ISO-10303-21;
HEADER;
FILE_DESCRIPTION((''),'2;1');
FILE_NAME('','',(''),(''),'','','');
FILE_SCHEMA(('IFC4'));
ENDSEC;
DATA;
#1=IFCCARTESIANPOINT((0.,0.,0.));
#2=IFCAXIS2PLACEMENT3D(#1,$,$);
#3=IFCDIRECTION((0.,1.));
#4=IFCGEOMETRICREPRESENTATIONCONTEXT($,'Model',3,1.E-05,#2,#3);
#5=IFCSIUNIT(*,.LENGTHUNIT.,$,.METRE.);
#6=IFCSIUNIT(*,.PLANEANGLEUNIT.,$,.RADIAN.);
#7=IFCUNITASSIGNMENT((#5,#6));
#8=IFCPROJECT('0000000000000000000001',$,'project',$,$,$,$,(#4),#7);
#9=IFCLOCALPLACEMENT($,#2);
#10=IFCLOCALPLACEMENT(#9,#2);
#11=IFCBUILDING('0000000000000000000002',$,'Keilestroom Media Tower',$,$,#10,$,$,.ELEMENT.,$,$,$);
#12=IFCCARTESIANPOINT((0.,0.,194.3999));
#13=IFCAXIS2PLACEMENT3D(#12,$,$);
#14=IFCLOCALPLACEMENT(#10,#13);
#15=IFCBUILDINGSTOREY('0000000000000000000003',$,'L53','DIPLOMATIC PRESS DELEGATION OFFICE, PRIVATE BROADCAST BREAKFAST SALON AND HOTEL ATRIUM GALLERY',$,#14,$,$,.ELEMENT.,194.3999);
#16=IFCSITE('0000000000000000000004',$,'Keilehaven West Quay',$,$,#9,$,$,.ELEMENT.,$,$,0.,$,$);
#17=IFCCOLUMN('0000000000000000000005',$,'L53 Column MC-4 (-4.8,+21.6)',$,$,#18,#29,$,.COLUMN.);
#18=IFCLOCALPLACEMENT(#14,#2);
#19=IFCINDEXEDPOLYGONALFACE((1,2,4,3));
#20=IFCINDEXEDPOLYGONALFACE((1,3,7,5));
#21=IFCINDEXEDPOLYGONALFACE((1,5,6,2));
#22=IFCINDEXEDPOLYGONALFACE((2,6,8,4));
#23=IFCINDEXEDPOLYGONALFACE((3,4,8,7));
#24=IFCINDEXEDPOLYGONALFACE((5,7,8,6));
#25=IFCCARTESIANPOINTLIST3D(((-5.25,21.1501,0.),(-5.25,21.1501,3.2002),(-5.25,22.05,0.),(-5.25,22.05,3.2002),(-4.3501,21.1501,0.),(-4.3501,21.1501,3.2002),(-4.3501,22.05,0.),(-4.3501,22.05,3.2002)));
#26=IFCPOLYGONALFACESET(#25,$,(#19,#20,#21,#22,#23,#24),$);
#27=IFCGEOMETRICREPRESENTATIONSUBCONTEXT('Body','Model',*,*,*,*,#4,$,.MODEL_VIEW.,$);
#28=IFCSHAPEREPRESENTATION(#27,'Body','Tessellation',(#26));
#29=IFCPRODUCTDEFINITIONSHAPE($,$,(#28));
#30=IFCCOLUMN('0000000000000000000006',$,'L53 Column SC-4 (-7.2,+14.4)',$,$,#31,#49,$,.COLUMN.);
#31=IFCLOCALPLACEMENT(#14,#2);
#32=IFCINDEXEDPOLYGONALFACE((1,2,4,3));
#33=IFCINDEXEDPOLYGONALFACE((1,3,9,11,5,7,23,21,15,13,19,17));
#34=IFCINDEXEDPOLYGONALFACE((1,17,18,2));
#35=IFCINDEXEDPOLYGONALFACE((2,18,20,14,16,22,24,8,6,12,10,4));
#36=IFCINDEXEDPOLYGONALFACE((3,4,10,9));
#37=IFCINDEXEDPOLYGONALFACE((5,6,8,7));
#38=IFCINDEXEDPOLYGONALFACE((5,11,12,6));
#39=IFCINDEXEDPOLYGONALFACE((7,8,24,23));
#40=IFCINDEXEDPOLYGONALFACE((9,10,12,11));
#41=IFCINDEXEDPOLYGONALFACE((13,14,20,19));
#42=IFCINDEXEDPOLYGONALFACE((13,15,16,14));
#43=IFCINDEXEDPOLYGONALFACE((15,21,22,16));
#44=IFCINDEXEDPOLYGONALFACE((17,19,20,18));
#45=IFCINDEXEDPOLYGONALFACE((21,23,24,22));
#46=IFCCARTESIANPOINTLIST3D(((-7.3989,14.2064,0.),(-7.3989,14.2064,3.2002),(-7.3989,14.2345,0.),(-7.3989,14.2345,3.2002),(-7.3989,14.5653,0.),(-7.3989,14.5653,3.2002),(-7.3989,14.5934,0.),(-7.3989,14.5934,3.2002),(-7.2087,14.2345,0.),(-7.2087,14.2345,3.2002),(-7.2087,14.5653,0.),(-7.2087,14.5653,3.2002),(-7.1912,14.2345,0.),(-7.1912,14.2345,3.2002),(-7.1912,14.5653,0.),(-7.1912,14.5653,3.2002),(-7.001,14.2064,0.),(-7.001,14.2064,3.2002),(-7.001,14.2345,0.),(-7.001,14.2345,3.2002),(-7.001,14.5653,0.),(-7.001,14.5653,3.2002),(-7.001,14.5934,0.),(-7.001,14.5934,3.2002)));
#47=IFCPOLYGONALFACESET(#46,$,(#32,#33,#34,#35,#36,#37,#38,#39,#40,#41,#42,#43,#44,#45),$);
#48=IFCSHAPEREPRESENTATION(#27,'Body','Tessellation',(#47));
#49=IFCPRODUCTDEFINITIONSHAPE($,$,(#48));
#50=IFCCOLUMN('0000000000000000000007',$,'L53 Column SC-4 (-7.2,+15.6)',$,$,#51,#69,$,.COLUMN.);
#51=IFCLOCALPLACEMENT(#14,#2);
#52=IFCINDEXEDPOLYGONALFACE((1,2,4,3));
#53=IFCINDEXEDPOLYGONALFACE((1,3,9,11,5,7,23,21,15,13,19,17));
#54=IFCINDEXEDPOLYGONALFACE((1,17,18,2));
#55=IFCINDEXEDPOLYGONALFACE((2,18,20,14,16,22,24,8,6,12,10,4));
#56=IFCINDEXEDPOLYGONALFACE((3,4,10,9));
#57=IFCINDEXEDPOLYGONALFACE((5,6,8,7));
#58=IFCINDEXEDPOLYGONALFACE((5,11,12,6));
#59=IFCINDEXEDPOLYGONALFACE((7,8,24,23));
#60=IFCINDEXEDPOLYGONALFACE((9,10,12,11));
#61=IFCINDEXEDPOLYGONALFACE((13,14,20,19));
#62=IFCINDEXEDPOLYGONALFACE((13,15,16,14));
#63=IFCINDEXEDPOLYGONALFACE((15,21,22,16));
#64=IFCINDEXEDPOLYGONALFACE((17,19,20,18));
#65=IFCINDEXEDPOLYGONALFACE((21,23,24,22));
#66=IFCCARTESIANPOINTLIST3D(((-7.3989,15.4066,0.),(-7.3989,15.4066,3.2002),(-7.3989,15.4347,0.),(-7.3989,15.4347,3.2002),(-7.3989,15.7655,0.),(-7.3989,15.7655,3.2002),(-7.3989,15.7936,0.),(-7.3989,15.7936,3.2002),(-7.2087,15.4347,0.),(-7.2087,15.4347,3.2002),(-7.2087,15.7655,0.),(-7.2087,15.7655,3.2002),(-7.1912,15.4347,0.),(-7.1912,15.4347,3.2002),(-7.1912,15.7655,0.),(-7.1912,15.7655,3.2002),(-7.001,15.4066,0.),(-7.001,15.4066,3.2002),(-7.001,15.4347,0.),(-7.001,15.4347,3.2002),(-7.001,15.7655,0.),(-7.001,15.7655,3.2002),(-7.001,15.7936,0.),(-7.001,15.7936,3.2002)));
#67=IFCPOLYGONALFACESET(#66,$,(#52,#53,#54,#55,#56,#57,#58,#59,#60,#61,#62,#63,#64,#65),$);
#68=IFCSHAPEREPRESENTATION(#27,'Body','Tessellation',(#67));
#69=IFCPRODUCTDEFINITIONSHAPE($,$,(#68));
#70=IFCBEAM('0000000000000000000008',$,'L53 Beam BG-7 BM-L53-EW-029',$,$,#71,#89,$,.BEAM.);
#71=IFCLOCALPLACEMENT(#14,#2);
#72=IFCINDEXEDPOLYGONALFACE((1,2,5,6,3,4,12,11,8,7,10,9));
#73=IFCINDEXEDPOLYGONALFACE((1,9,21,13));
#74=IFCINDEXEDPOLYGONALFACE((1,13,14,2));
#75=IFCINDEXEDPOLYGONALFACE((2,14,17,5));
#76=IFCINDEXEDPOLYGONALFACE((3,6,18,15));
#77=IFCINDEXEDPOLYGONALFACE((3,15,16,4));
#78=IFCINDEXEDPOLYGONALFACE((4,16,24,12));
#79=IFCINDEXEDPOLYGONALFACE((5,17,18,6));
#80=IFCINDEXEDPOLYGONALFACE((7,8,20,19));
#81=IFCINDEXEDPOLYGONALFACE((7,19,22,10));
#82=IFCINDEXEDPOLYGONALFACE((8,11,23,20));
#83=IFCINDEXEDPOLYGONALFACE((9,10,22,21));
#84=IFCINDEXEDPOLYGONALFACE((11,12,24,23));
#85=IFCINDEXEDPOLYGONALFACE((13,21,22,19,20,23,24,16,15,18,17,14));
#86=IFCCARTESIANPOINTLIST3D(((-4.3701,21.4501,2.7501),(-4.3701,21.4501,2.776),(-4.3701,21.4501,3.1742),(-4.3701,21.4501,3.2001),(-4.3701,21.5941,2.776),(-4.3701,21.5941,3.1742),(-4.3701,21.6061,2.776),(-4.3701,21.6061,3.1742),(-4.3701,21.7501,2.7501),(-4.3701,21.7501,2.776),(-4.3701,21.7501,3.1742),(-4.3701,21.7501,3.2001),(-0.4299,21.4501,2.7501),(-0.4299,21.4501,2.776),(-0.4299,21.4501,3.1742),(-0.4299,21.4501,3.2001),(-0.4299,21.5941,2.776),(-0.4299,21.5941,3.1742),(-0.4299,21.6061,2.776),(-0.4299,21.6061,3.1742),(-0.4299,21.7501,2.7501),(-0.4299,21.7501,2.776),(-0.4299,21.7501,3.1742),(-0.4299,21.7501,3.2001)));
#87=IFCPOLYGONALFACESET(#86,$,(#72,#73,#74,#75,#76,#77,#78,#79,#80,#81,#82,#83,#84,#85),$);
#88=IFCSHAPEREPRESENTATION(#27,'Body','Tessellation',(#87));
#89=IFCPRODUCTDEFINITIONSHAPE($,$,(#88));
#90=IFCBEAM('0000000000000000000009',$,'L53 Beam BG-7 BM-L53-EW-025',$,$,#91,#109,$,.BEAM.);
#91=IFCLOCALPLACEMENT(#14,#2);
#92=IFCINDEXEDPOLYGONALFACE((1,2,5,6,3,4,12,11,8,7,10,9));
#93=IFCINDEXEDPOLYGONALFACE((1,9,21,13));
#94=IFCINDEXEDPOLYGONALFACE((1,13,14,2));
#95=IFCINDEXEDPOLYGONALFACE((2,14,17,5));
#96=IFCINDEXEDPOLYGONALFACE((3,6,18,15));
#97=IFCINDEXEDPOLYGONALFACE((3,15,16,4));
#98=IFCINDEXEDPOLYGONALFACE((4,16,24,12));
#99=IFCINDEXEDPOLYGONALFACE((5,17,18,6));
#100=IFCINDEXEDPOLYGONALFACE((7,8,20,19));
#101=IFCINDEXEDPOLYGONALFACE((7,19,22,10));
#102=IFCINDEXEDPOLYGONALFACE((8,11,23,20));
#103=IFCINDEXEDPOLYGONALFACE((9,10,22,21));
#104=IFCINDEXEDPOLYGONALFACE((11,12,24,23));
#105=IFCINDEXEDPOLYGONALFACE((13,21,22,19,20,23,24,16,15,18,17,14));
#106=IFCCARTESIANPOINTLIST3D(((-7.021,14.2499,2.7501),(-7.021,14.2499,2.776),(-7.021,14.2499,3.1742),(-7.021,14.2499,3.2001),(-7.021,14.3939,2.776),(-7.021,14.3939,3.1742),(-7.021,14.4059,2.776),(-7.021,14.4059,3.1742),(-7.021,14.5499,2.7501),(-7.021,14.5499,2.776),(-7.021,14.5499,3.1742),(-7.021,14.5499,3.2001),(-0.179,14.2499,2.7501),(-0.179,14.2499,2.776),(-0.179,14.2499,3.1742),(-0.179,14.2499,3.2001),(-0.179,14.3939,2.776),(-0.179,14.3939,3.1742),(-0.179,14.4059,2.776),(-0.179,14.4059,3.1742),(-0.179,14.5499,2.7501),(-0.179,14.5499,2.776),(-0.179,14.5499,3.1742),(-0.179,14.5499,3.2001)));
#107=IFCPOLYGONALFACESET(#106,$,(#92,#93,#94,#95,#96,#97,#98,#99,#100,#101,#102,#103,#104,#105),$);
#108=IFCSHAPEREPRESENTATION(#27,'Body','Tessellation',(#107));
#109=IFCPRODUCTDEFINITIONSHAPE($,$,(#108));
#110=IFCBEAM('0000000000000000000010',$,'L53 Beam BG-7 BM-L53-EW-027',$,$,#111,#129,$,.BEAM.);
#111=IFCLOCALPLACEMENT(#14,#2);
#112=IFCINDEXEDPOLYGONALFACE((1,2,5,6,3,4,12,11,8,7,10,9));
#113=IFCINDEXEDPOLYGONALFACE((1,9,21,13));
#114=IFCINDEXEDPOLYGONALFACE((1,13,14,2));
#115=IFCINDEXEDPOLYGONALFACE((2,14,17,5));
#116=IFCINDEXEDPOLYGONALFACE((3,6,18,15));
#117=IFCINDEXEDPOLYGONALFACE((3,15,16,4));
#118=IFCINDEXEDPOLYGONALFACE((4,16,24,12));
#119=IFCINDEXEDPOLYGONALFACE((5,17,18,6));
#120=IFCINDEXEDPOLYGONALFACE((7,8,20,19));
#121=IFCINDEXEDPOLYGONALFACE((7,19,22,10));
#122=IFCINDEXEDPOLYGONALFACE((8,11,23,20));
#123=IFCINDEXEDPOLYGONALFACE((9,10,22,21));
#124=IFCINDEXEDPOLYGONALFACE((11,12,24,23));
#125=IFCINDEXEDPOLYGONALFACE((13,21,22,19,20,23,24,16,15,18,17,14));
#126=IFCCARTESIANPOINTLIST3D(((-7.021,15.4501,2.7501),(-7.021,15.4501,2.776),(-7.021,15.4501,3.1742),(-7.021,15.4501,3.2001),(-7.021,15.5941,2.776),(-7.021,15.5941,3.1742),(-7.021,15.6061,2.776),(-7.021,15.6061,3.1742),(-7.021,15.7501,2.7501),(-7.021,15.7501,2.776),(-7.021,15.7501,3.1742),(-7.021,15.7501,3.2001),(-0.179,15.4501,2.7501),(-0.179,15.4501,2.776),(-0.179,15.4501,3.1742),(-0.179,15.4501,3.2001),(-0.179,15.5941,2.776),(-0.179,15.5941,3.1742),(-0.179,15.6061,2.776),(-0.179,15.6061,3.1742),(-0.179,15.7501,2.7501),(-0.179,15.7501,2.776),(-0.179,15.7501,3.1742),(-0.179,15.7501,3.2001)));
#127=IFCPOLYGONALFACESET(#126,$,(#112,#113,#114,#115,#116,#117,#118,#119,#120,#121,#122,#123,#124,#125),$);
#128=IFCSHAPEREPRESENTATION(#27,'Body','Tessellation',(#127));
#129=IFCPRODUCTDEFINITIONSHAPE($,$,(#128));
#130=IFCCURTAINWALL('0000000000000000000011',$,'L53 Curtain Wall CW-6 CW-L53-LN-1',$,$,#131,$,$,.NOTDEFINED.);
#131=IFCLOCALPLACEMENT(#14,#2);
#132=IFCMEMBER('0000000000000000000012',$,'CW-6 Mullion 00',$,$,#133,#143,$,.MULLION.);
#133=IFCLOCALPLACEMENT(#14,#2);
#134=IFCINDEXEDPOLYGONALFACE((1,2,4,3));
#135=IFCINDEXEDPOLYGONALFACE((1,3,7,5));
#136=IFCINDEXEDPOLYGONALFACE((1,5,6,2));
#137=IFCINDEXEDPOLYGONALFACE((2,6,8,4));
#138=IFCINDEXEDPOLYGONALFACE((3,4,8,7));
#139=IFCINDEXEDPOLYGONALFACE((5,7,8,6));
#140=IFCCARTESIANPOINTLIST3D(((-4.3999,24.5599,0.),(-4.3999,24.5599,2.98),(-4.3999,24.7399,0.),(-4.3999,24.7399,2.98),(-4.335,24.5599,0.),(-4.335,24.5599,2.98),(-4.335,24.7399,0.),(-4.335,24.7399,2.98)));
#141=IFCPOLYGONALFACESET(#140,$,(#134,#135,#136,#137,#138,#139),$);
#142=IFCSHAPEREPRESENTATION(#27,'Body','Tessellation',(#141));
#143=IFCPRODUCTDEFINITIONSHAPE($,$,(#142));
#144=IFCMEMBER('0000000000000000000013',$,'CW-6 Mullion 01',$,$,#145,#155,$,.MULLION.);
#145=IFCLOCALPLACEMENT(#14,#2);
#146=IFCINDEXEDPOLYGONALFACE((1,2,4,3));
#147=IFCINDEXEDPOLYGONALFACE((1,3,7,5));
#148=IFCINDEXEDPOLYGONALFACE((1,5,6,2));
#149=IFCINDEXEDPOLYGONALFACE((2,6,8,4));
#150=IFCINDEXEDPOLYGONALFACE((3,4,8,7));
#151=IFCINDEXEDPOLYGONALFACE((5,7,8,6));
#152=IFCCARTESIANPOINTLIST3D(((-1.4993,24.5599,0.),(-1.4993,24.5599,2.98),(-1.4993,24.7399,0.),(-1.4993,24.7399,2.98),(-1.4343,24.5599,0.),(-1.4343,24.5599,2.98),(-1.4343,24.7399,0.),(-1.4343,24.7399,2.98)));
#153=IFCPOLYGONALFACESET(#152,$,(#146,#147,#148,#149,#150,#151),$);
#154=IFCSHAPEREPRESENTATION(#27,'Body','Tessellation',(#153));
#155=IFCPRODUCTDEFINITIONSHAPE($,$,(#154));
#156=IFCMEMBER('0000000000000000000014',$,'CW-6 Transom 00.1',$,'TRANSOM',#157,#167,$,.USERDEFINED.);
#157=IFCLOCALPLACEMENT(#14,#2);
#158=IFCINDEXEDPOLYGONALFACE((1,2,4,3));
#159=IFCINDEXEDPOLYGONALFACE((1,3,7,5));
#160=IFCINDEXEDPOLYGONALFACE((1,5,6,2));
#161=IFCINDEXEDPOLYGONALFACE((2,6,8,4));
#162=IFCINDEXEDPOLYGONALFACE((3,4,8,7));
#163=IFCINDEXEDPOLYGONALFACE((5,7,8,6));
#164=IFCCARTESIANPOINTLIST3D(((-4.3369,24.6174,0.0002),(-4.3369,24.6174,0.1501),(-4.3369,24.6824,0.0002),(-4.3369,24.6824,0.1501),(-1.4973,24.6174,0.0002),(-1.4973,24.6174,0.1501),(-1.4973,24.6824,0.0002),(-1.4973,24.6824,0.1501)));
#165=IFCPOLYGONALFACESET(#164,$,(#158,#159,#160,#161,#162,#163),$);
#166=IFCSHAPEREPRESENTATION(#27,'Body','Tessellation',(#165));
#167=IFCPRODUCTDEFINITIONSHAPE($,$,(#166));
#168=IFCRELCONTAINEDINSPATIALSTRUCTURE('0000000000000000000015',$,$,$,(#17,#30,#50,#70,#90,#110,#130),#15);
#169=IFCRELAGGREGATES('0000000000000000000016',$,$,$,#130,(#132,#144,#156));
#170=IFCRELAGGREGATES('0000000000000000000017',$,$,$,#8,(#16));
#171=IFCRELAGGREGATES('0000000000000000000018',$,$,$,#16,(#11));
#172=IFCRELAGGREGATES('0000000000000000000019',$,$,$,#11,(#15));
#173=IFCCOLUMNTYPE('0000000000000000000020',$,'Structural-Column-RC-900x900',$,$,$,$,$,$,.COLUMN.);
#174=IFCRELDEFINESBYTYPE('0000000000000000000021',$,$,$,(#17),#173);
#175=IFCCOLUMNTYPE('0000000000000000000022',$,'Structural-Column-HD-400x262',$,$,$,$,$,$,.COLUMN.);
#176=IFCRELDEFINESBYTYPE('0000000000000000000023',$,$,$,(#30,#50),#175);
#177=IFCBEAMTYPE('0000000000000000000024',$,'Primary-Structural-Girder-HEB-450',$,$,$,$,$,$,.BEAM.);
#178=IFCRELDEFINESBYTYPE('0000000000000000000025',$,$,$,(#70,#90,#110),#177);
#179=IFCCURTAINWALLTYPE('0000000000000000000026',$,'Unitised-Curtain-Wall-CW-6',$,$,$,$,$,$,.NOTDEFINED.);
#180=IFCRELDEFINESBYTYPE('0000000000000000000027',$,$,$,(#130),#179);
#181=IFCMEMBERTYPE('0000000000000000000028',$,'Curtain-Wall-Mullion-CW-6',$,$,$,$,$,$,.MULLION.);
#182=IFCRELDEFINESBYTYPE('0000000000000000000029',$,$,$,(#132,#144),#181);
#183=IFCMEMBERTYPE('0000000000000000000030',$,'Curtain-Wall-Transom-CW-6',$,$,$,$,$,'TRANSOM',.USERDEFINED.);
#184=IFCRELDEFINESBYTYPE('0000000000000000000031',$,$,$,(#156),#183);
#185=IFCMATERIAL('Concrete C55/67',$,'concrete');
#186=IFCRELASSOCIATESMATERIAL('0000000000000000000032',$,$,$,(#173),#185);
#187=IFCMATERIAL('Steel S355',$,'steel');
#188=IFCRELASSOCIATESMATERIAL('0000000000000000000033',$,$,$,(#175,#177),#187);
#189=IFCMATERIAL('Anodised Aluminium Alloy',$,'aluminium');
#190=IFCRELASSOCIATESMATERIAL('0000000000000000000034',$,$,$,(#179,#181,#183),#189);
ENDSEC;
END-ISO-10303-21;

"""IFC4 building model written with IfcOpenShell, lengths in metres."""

from ifc_helpers import new_model, si_unit, direction, frame, origin, origin_2d, place, context, subcontext, project, spatial, rectangle, i_section, extrude, source, transform, mapped, material, material_profile, profile_set, type_object, element, aggregate, save


model = new_model("IFC4")

# Units and contexts
model_context = context("Model", 3, precision=1e-05, world=origin(), true_north=direction((0.0, 1.0)))
body_context = subcontext(model_context, "Body", "Model", "MODEL_VIEW")
ifc_project = project(units=[si_unit("LENGTHUNIT", "METRE"), si_unit("PLANEANGLEUNIT", "RADIAN")], contexts=[model_context])

# Site, building, storey
site_placement = place(None, origin())
site = spatial("IfcSite", under=ifc_project, at=site_placement, Name="Keilehaven West Quay", CompositionType="ELEMENT", RefElevation=0.0)
building_placement = place(site_placement, origin())
building = spatial("IfcBuilding", under=site, at=building_placement, Name="Keilestroom Media Tower", CompositionType="ELEMENT")
storey_placement = place(building_placement, frame((0.0, 0.0, 194.3999)))
storey = spatial("IfcBuildingStorey", under=building, at=storey_placement, Name="L53", Description="DIPLOMATIC PRESS DELEGATION OFFICE, PRIVATE BROADCAST BREAKFAST SALON AND HOTEL ATRIUM GALLERY", CompositionType="ELEMENT", Elevation=194.3999)

# Columns
ifc_material_1 = material(Name="Concrete C55/67", Category="concrete")
ifc_material_profile_1 = material_profile(ifc_material_1, rectangle(XDim=0.8999, YDim=0.8999, at=origin_2d()), Name="RC 900x900")
ifc_profile_set_1 = profile_set([ifc_material_profile_1], Name="Concrete C55/67")
column_type_1 = type_object("IfcColumnType", Name="Structural-Column-RC-900x900", PredefinedType="COLUMN", material=ifc_profile_set_1)
shared_shape_1 = source(origin(), body_context, "Body", "SweptSolid", [
    extrude(rectangle(XDim=0.8999, YDim=0.8999, at=origin_2d()), origin(), (0.0, 0.0, 1.0), 3.2002),
])
column_placement = place(storey_placement, frame((-4.8, 21.6001, 0.0), z_axis=(0.0, 0.0, 1.0), x_axis=(1.0, 0.0, 0.0)))
element("IfcColumn", 1, at=column_placement, inside=storey, type_object=column_type_1, Name="L53 Column MC-4 (-4.8,+21.6)", PredefinedType="COLUMN", context=body_context, shape_type="MappedRepresentation", body=[
    mapped(shared_shape_1, transform((0.0, 0.0, 0.0), x_axis=(1.0, 0.0, 0.0), y_axis=(0.0, 1.0, 0.0), z_axis=(0.0, 0.0, 1.0), scale=1.0)),
])
ifc_material_2 = material(Name="Steel S355", Category="steel")
ifc_material_profile_2 = material_profile(ifc_material_2, i_section(OverallWidth=0.3979, OverallDepth=0.387, WebThickness=0.0176, FlangeThickness=0.0281, at=origin_2d()), Name="HD 400x262")
ifc_profile_set_2 = profile_set([ifc_material_profile_2], Name="Steel S355")
column_type_2 = type_object("IfcColumnType", Name="Structural-Column-HD-400x262", PredefinedType="COLUMN", material=ifc_profile_set_2)
shared_shape_2 = source(origin(), body_context, "Body", "SweptSolid", [
    extrude(i_section(OverallWidth=0.3979, OverallDepth=0.387, WebThickness=0.0176, FlangeThickness=0.0281, at=origin_2d()), origin(), (0.0, 0.0, 1.0), 3.2002),
])
for number, where, z_axis, x_axis, name in (
    (2, (-7.2, 14.3999, 0.0), (0.0, 0.0, 1.0), (1.0, 0.0, 0.0), "L53 Column SC-4 (-7.2,+14.4)"),
    (3, (-7.2, 15.6001, 0.0), (0.0, 0.0, 1.0), (1.0, 0.0, 0.0), "L53 Column SC-4 (-7.2,+15.6)"),
):
    element("IfcColumn", number, at=place(storey_placement, frame(where, z_axis=z_axis, x_axis=x_axis)), inside=storey, type_object=column_type_2, Name=name, PredefinedType="COLUMN", context=body_context, shape_type="MappedRepresentation", body=[
        mapped(shared_shape_2, transform((0.0, 0.0, 0.0), x_axis=(1.0, 0.0, 0.0), y_axis=(0.0, 1.0, 0.0), z_axis=(0.0, 0.0, 1.0), scale=1.0)),
    ])

# Beams
ifc_material_profile_3 = material_profile(ifc_material_2, i_section(OverallWidth=0.3, OverallDepth=0.45, WebThickness=0.012, FlangeThickness=0.0259, at=origin_2d()), Name="HEB 450")
ifc_profile_set_3 = profile_set([ifc_material_profile_3], Name="Steel S355")
beam_type = type_object("IfcBeamType", Name="Primary-Structural-Girder-HEB-450", PredefinedType="BEAM", material=ifc_profile_set_3)
shared_shape_3 = source(origin(), body_context, "Body", "SweptSolid", [
    extrude(i_section(OverallWidth=0.3, OverallDepth=0.45, WebThickness=0.012, FlangeThickness=0.0259, at=origin_2d()), origin(), (0.0, 0.0, 1.0), 3.9402),
])
beam_placement = place(storey_placement, frame((-4.3701, 21.6001, 2.9751), z_axis=(1.0, 0.0, 0.0), x_axis=(0.0, 1.0, 0.0)))
element("IfcBeam", 4, at=beam_placement, inside=storey, type_object=beam_type, Name="L53 Beam BG-7 BM-L53-EW-029", PredefinedType="BEAM", context=body_context, shape_type="MappedRepresentation", body=[
    mapped(shared_shape_3, transform((0.0, 0.0, 0.0), x_axis=(1.0, 0.0, 0.0), y_axis=(0.0, 1.0, 0.0), z_axis=(0.0, 0.0, 1.0), scale=1.0)),
])
shared_shape_4 = source(origin(), body_context, "Body", "SweptSolid", [
    extrude(i_section(OverallWidth=0.3, OverallDepth=0.45, WebThickness=0.012, FlangeThickness=0.0259, at=origin_2d()), origin(), (0.0, 0.0, 1.0), 6.842),
])
for number, where, z_axis, x_axis, name in (
    (5, (-7.021, 14.3999, 2.9751), (1.0, 0.0, 0.0), (0.0, 1.0, 0.0), "L53 Beam BG-7 BM-L53-EW-025"),
    (6, (-7.021, 15.6001, 2.9751), (1.0, 0.0, 0.0), (0.0, 1.0, 0.0), "L53 Beam BG-7 BM-L53-EW-027"),
):
    element("IfcBeam", number, at=place(storey_placement, frame(where, z_axis=z_axis, x_axis=x_axis)), inside=storey, type_object=beam_type, Name=name, PredefinedType="BEAM", context=body_context, shape_type="MappedRepresentation", body=[
        mapped(shared_shape_4, transform((0.0, 0.0, 0.0), x_axis=(1.0, 0.0, 0.0), y_axis=(0.0, 1.0, 0.0), z_axis=(0.0, 0.0, 1.0), scale=1.0)),
    ])

# Curtain wall, members
ifc_material_3 = material(Name="Anodised Aluminium Alloy", Category="aluminium")
curtain_wall_type = type_object("IfcCurtainWallType", Name="Unitised-Curtain-Wall-CW-6", PredefinedType="NOTDEFINED", material=ifc_material_3)
curtain_wall_placement = place(storey_placement, origin())
curtain_wall = element("IfcCurtainWall", 7, at=curtain_wall_placement, inside=storey, type_object=curtain_wall_type, Name="L53 Curtain Wall CW-6 CW-L53-LN-1", PredefinedType="NOTDEFINED")
ifc_material_profile_4 = material_profile(ifc_material_3, rectangle(XDim=0.0649, YDim=0.1799, at=origin_2d()), Name="ALU MULLION 65x180")
ifc_profile_set_4 = profile_set([ifc_material_profile_4], Name="Anodised Aluminium Alloy")
member_type_1 = type_object("IfcMemberType", Name="Curtain-Wall-Mullion-CW-6", PredefinedType="MULLION", material=ifc_profile_set_4)
shared_shape_5 = source(origin(), body_context, "Body", "SweptSolid", [
    extrude(rectangle(XDim=0.0649, YDim=0.1799, at=origin_2d()), origin(), (0.0, 0.0, 1.0), 2.98),
])
member_1_placement = place(storey_placement, frame((-4.3674, 24.6499, 0.0), z_axis=(0.0, 0.0, 1.0), x_axis=(1.0, 0.0, 0.0)))
member_1 = element("IfcMember", 8, at=member_1_placement, type_object=member_type_1, Name="CW-6 Mullion 00", PredefinedType="MULLION", context=body_context, shape_type="MappedRepresentation", body=[
    mapped(shared_shape_5, transform((0.0, 0.0, 0.0), x_axis=(1.0, 0.0, 0.0), y_axis=(0.0, 1.0, 0.0), z_axis=(0.0, 0.0, 1.0), scale=1.0)),
])
member_2_placement = place(storey_placement, frame((-1.4668, 24.6499, 0.0), z_axis=(0.0, 0.0, 1.0), x_axis=(1.0, 0.0, 0.0)))
member_2 = element("IfcMember", 9, at=member_2_placement, type_object=member_type_1, Name="CW-6 Mullion 01", PredefinedType="MULLION", context=body_context, shape_type="MappedRepresentation", body=[
    mapped(shared_shape_5, transform((0.0, 0.0, 0.0), x_axis=(1.0, 0.0, 0.0), y_axis=(0.0, 1.0, 0.0), z_axis=(0.0, 0.0, 1.0), scale=1.0)),
])
ifc_material_profile_5 = material_profile(ifc_material_3, rectangle(XDim=0.0649, YDim=0.1499, at=origin_2d()), Name="ALU TRANSOM 65x150")
ifc_profile_set_5 = profile_set([ifc_material_profile_5], Name="Anodised Aluminium Alloy")
member_type_2 = type_object("IfcMemberType", Name="Curtain-Wall-Transom-CW-6", ElementType="TRANSOM", PredefinedType="USERDEFINED", material=ifc_profile_set_5)
shared_shape_6 = source(origin(), body_context, "Body", "SweptSolid", [
    extrude(rectangle(XDim=0.0649, YDim=0.1499, at=origin_2d()), origin(), (0.0, 0.0, 1.0), 2.8396),
])
member_3_placement = place(storey_placement, frame((-4.3369, 24.6499, 0.0752), z_axis=(1.0, 0.0, 0.0), x_axis=(0.0, 1.0, 0.0)))
member_3 = element("IfcMember", 10, at=member_3_placement, type_object=member_type_2, Name="CW-6 Transom 00.1", ObjectType="TRANSOM", PredefinedType="USERDEFINED", context=body_context, shape_type="MappedRepresentation", body=[
    mapped(shared_shape_6, transform((0.0, 0.0, 0.0), x_axis=(1.0, 0.0, 0.0), y_axis=(0.0, 1.0, 0.0), z_axis=(0.0, 0.0, 1.0), scale=1.0)),
])
aggregate(curtain_wall, [member_1, member_2, member_3])

save(model, "model.ifc")
